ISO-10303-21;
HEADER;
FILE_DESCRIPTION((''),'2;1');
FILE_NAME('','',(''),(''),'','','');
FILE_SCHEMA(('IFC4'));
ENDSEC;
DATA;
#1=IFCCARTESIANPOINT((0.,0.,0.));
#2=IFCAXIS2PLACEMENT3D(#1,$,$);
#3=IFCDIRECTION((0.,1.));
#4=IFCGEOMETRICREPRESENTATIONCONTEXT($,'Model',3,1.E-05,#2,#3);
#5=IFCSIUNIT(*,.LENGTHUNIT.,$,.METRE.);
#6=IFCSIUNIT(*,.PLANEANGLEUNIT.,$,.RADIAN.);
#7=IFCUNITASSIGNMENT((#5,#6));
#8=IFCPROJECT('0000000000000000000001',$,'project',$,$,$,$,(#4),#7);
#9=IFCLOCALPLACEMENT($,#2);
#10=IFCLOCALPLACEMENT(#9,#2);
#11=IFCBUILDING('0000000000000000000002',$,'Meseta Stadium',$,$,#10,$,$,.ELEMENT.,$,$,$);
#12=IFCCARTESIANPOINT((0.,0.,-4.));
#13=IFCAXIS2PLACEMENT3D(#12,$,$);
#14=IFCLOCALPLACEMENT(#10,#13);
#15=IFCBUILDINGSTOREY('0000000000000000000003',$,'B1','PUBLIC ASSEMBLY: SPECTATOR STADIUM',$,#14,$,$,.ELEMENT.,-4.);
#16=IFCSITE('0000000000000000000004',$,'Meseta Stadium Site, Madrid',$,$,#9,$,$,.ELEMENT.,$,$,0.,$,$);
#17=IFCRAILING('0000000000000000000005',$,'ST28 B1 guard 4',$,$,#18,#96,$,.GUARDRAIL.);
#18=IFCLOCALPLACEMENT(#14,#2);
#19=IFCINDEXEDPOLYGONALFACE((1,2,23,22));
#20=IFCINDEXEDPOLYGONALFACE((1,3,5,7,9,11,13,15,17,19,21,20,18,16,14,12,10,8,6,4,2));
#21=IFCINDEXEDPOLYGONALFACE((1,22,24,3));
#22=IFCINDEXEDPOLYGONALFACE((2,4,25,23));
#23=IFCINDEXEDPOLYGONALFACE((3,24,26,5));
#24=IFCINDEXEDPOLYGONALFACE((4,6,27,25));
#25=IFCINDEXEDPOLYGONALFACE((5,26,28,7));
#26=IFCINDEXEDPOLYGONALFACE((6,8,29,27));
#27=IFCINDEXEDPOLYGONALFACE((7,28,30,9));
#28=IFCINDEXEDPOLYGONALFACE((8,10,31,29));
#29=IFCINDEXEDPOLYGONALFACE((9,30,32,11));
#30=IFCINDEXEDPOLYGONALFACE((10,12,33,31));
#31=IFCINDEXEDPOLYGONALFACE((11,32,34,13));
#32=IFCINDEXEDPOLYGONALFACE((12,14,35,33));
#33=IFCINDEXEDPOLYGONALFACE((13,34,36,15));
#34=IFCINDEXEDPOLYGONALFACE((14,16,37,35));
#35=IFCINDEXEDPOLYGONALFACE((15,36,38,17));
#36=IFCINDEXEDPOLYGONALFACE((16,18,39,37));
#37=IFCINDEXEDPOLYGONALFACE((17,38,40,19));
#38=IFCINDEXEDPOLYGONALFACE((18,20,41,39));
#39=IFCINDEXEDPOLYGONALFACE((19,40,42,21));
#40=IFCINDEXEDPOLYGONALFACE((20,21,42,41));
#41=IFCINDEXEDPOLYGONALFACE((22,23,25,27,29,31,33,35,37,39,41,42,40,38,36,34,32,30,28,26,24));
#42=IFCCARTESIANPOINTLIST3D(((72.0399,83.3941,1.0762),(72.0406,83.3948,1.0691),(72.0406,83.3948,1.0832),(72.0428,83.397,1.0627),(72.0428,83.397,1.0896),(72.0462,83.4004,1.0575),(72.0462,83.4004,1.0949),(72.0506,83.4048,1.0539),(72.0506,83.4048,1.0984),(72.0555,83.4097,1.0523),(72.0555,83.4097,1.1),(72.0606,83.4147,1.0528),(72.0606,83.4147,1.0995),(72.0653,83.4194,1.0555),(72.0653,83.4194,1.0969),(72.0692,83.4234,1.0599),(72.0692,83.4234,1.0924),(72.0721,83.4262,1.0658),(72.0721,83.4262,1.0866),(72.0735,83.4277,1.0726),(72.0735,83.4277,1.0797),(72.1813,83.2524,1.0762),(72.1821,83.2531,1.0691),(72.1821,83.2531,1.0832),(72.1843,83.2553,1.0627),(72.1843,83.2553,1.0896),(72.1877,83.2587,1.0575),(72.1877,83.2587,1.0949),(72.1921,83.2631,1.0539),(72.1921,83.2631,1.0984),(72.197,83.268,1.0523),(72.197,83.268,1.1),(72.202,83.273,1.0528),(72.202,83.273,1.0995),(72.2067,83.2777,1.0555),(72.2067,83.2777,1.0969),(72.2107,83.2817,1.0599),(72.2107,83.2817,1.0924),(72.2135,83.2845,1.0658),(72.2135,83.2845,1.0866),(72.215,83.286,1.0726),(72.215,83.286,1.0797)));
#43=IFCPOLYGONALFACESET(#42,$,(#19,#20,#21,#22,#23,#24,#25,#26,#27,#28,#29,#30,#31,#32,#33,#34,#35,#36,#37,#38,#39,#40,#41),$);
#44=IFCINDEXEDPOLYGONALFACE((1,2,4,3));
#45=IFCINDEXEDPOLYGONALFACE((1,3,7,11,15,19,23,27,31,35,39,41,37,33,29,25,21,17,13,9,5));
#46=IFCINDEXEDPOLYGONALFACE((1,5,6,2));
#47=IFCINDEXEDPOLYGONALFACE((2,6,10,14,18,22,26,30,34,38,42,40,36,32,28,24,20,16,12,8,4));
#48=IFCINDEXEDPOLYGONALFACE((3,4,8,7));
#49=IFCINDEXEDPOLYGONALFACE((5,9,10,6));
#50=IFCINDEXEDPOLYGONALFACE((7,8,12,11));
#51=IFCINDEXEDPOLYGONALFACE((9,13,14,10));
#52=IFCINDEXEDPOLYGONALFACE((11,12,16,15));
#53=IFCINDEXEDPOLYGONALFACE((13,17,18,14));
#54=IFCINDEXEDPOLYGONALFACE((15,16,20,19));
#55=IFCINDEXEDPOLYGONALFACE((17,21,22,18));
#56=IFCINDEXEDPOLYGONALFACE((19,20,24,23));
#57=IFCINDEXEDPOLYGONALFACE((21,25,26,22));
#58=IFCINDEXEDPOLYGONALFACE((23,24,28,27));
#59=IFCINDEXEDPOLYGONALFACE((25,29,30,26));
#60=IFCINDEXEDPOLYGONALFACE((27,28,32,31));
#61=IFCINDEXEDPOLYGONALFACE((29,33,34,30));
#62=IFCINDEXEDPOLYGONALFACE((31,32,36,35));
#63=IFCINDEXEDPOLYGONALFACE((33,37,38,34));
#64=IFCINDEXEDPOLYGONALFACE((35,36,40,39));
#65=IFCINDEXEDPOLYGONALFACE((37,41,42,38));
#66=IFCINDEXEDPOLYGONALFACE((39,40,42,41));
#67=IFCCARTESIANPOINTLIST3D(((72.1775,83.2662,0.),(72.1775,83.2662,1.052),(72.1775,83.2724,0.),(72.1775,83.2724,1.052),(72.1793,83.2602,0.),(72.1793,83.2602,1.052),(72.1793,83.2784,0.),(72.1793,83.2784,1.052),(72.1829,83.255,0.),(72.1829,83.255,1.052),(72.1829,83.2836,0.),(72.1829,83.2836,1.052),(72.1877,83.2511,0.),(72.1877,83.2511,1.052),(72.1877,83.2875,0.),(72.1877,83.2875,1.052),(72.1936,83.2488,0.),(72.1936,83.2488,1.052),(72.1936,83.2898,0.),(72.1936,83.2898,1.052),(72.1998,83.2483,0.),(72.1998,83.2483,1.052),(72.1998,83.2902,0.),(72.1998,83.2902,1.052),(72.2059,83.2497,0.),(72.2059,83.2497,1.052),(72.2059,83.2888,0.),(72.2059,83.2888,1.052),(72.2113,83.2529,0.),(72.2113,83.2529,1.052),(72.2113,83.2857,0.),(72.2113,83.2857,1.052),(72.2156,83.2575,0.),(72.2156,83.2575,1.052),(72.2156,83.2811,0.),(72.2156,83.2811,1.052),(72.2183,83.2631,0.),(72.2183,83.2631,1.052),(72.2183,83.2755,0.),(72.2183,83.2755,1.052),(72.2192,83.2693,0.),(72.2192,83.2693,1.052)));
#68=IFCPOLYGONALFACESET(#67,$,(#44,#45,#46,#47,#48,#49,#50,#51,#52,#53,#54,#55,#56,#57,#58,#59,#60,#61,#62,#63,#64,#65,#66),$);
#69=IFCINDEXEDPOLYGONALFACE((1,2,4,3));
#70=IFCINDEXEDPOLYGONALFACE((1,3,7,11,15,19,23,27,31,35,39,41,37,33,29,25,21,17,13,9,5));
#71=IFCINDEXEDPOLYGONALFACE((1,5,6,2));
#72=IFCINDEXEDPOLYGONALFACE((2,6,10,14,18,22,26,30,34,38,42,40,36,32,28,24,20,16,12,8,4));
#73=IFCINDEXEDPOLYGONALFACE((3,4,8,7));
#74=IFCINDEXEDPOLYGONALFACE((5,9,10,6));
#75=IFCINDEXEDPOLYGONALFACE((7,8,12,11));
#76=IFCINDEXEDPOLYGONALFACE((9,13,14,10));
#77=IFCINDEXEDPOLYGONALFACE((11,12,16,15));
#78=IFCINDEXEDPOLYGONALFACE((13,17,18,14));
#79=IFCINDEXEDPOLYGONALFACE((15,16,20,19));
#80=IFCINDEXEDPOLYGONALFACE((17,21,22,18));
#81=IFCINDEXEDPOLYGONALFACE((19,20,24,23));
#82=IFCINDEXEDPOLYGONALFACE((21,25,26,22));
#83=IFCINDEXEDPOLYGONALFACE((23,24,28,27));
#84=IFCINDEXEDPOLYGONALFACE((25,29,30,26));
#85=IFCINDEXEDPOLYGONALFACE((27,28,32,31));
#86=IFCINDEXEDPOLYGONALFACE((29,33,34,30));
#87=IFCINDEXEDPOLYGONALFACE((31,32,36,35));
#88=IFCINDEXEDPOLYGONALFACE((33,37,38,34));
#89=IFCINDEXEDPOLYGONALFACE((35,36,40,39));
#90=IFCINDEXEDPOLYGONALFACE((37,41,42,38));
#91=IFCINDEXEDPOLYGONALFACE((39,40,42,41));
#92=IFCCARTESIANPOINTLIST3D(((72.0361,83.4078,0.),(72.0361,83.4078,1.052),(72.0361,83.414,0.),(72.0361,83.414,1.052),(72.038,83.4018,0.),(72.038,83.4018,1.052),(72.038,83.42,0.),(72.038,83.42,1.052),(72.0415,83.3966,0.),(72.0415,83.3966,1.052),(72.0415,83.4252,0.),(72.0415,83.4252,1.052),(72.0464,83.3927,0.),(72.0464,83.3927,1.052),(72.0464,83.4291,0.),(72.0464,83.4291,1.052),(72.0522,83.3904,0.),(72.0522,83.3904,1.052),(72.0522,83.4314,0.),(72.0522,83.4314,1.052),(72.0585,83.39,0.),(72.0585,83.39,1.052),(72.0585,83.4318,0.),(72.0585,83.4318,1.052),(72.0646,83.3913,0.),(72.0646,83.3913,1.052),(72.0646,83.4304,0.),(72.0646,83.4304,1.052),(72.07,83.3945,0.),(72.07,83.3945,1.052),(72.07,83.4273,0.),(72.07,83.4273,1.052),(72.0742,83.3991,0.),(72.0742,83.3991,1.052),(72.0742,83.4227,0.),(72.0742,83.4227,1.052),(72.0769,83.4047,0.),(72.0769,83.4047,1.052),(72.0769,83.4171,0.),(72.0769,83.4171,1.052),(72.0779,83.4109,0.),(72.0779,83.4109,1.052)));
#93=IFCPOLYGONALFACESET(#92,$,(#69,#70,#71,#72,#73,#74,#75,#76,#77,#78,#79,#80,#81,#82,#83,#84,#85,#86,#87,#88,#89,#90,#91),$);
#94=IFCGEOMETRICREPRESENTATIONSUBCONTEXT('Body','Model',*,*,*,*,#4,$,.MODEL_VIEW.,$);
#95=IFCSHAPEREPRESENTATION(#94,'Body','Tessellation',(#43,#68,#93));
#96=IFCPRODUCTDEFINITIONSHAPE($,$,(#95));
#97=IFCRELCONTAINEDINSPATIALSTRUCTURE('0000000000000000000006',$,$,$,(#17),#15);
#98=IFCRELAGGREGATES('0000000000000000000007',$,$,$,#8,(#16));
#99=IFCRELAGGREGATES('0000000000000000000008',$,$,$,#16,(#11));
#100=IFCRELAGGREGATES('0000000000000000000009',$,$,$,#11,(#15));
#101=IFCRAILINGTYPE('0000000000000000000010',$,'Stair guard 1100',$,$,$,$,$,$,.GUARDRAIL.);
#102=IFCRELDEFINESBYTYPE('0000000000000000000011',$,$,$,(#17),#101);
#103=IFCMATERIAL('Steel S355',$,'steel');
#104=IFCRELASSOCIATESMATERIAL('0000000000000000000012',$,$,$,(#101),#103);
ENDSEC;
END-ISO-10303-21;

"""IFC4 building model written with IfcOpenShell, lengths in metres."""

from ifc_helpers import new_model, si_unit, direction, frame, origin, origin_2d, place, context, subcontext, project, spatial, circle, extrude, material, type_object, element, save


model = new_model("IFC4")

# Units and contexts
model_context = context("Model", 3, precision=1e-05, world=origin(), true_north=direction((0.0, 1.0)))
body_context = subcontext(model_context, "Body", "Model", "MODEL_VIEW")
ifc_project = project(units=[si_unit("LENGTHUNIT", "METRE"), si_unit("PLANEANGLEUNIT", "RADIAN")], contexts=[model_context])

# Site, building, storey
site_placement = place(None, origin())
site = spatial("IfcSite", under=ifc_project, at=site_placement, Name="Meseta Stadium Site, Madrid", CompositionType="ELEMENT", RefElevation=0.0)
building_placement = place(site_placement, origin())
building = spatial("IfcBuilding", under=site, at=building_placement, Name="Meseta Stadium", CompositionType="ELEMENT")
storey_placement = place(building_placement, frame((0.0, 0.0, -4.0)))
storey = spatial("IfcBuildingStorey", under=building, at=storey_placement, Name="B1", Description="PUBLIC ASSEMBLY: SPECTATOR STADIUM", CompositionType="ELEMENT", Elevation=-4.0)

# Railing
ifc_material_1 = material(Name="Steel S355", Category="steel")
railing_type_1 = type_object("IfcRailingType", Name="Stair guard 1100", PredefinedType="GUARDRAIL", material=ifc_material_1)
railing_1_placement = place(storey_placement, frame((72.1982, 83.2693, 0.0)))
element("IfcRailing", 1, at=railing_1_placement, inside=storey, type_object=railing_type_1, Name="ST28 B1 guard 4", PredefinedType="GUARDRAIL", context=body_context, shape_type="SweptSolid", body=[
    extrude(circle(Radius=0.0239, at=origin_2d()), frame((0.0, 0.0, 1.0762), z_axis=(-0.706496, 0.707717, 0.0), x_axis=(-0.707717, -0.706496, 0.0)), (0.0, 0.0, 1.0), 0.2002),
    extrude(circle(Radius=0.021, at=origin_2d()), origin(), (0.0, 0.0, 1.0), 1.052),
    extrude(circle(Radius=0.021, at=origin_2d()), frame((-0.1414, 0.1416, 0.0)), (0.0, 0.0, 1.0), 1.052),
])

save(model, "model.ifc")
